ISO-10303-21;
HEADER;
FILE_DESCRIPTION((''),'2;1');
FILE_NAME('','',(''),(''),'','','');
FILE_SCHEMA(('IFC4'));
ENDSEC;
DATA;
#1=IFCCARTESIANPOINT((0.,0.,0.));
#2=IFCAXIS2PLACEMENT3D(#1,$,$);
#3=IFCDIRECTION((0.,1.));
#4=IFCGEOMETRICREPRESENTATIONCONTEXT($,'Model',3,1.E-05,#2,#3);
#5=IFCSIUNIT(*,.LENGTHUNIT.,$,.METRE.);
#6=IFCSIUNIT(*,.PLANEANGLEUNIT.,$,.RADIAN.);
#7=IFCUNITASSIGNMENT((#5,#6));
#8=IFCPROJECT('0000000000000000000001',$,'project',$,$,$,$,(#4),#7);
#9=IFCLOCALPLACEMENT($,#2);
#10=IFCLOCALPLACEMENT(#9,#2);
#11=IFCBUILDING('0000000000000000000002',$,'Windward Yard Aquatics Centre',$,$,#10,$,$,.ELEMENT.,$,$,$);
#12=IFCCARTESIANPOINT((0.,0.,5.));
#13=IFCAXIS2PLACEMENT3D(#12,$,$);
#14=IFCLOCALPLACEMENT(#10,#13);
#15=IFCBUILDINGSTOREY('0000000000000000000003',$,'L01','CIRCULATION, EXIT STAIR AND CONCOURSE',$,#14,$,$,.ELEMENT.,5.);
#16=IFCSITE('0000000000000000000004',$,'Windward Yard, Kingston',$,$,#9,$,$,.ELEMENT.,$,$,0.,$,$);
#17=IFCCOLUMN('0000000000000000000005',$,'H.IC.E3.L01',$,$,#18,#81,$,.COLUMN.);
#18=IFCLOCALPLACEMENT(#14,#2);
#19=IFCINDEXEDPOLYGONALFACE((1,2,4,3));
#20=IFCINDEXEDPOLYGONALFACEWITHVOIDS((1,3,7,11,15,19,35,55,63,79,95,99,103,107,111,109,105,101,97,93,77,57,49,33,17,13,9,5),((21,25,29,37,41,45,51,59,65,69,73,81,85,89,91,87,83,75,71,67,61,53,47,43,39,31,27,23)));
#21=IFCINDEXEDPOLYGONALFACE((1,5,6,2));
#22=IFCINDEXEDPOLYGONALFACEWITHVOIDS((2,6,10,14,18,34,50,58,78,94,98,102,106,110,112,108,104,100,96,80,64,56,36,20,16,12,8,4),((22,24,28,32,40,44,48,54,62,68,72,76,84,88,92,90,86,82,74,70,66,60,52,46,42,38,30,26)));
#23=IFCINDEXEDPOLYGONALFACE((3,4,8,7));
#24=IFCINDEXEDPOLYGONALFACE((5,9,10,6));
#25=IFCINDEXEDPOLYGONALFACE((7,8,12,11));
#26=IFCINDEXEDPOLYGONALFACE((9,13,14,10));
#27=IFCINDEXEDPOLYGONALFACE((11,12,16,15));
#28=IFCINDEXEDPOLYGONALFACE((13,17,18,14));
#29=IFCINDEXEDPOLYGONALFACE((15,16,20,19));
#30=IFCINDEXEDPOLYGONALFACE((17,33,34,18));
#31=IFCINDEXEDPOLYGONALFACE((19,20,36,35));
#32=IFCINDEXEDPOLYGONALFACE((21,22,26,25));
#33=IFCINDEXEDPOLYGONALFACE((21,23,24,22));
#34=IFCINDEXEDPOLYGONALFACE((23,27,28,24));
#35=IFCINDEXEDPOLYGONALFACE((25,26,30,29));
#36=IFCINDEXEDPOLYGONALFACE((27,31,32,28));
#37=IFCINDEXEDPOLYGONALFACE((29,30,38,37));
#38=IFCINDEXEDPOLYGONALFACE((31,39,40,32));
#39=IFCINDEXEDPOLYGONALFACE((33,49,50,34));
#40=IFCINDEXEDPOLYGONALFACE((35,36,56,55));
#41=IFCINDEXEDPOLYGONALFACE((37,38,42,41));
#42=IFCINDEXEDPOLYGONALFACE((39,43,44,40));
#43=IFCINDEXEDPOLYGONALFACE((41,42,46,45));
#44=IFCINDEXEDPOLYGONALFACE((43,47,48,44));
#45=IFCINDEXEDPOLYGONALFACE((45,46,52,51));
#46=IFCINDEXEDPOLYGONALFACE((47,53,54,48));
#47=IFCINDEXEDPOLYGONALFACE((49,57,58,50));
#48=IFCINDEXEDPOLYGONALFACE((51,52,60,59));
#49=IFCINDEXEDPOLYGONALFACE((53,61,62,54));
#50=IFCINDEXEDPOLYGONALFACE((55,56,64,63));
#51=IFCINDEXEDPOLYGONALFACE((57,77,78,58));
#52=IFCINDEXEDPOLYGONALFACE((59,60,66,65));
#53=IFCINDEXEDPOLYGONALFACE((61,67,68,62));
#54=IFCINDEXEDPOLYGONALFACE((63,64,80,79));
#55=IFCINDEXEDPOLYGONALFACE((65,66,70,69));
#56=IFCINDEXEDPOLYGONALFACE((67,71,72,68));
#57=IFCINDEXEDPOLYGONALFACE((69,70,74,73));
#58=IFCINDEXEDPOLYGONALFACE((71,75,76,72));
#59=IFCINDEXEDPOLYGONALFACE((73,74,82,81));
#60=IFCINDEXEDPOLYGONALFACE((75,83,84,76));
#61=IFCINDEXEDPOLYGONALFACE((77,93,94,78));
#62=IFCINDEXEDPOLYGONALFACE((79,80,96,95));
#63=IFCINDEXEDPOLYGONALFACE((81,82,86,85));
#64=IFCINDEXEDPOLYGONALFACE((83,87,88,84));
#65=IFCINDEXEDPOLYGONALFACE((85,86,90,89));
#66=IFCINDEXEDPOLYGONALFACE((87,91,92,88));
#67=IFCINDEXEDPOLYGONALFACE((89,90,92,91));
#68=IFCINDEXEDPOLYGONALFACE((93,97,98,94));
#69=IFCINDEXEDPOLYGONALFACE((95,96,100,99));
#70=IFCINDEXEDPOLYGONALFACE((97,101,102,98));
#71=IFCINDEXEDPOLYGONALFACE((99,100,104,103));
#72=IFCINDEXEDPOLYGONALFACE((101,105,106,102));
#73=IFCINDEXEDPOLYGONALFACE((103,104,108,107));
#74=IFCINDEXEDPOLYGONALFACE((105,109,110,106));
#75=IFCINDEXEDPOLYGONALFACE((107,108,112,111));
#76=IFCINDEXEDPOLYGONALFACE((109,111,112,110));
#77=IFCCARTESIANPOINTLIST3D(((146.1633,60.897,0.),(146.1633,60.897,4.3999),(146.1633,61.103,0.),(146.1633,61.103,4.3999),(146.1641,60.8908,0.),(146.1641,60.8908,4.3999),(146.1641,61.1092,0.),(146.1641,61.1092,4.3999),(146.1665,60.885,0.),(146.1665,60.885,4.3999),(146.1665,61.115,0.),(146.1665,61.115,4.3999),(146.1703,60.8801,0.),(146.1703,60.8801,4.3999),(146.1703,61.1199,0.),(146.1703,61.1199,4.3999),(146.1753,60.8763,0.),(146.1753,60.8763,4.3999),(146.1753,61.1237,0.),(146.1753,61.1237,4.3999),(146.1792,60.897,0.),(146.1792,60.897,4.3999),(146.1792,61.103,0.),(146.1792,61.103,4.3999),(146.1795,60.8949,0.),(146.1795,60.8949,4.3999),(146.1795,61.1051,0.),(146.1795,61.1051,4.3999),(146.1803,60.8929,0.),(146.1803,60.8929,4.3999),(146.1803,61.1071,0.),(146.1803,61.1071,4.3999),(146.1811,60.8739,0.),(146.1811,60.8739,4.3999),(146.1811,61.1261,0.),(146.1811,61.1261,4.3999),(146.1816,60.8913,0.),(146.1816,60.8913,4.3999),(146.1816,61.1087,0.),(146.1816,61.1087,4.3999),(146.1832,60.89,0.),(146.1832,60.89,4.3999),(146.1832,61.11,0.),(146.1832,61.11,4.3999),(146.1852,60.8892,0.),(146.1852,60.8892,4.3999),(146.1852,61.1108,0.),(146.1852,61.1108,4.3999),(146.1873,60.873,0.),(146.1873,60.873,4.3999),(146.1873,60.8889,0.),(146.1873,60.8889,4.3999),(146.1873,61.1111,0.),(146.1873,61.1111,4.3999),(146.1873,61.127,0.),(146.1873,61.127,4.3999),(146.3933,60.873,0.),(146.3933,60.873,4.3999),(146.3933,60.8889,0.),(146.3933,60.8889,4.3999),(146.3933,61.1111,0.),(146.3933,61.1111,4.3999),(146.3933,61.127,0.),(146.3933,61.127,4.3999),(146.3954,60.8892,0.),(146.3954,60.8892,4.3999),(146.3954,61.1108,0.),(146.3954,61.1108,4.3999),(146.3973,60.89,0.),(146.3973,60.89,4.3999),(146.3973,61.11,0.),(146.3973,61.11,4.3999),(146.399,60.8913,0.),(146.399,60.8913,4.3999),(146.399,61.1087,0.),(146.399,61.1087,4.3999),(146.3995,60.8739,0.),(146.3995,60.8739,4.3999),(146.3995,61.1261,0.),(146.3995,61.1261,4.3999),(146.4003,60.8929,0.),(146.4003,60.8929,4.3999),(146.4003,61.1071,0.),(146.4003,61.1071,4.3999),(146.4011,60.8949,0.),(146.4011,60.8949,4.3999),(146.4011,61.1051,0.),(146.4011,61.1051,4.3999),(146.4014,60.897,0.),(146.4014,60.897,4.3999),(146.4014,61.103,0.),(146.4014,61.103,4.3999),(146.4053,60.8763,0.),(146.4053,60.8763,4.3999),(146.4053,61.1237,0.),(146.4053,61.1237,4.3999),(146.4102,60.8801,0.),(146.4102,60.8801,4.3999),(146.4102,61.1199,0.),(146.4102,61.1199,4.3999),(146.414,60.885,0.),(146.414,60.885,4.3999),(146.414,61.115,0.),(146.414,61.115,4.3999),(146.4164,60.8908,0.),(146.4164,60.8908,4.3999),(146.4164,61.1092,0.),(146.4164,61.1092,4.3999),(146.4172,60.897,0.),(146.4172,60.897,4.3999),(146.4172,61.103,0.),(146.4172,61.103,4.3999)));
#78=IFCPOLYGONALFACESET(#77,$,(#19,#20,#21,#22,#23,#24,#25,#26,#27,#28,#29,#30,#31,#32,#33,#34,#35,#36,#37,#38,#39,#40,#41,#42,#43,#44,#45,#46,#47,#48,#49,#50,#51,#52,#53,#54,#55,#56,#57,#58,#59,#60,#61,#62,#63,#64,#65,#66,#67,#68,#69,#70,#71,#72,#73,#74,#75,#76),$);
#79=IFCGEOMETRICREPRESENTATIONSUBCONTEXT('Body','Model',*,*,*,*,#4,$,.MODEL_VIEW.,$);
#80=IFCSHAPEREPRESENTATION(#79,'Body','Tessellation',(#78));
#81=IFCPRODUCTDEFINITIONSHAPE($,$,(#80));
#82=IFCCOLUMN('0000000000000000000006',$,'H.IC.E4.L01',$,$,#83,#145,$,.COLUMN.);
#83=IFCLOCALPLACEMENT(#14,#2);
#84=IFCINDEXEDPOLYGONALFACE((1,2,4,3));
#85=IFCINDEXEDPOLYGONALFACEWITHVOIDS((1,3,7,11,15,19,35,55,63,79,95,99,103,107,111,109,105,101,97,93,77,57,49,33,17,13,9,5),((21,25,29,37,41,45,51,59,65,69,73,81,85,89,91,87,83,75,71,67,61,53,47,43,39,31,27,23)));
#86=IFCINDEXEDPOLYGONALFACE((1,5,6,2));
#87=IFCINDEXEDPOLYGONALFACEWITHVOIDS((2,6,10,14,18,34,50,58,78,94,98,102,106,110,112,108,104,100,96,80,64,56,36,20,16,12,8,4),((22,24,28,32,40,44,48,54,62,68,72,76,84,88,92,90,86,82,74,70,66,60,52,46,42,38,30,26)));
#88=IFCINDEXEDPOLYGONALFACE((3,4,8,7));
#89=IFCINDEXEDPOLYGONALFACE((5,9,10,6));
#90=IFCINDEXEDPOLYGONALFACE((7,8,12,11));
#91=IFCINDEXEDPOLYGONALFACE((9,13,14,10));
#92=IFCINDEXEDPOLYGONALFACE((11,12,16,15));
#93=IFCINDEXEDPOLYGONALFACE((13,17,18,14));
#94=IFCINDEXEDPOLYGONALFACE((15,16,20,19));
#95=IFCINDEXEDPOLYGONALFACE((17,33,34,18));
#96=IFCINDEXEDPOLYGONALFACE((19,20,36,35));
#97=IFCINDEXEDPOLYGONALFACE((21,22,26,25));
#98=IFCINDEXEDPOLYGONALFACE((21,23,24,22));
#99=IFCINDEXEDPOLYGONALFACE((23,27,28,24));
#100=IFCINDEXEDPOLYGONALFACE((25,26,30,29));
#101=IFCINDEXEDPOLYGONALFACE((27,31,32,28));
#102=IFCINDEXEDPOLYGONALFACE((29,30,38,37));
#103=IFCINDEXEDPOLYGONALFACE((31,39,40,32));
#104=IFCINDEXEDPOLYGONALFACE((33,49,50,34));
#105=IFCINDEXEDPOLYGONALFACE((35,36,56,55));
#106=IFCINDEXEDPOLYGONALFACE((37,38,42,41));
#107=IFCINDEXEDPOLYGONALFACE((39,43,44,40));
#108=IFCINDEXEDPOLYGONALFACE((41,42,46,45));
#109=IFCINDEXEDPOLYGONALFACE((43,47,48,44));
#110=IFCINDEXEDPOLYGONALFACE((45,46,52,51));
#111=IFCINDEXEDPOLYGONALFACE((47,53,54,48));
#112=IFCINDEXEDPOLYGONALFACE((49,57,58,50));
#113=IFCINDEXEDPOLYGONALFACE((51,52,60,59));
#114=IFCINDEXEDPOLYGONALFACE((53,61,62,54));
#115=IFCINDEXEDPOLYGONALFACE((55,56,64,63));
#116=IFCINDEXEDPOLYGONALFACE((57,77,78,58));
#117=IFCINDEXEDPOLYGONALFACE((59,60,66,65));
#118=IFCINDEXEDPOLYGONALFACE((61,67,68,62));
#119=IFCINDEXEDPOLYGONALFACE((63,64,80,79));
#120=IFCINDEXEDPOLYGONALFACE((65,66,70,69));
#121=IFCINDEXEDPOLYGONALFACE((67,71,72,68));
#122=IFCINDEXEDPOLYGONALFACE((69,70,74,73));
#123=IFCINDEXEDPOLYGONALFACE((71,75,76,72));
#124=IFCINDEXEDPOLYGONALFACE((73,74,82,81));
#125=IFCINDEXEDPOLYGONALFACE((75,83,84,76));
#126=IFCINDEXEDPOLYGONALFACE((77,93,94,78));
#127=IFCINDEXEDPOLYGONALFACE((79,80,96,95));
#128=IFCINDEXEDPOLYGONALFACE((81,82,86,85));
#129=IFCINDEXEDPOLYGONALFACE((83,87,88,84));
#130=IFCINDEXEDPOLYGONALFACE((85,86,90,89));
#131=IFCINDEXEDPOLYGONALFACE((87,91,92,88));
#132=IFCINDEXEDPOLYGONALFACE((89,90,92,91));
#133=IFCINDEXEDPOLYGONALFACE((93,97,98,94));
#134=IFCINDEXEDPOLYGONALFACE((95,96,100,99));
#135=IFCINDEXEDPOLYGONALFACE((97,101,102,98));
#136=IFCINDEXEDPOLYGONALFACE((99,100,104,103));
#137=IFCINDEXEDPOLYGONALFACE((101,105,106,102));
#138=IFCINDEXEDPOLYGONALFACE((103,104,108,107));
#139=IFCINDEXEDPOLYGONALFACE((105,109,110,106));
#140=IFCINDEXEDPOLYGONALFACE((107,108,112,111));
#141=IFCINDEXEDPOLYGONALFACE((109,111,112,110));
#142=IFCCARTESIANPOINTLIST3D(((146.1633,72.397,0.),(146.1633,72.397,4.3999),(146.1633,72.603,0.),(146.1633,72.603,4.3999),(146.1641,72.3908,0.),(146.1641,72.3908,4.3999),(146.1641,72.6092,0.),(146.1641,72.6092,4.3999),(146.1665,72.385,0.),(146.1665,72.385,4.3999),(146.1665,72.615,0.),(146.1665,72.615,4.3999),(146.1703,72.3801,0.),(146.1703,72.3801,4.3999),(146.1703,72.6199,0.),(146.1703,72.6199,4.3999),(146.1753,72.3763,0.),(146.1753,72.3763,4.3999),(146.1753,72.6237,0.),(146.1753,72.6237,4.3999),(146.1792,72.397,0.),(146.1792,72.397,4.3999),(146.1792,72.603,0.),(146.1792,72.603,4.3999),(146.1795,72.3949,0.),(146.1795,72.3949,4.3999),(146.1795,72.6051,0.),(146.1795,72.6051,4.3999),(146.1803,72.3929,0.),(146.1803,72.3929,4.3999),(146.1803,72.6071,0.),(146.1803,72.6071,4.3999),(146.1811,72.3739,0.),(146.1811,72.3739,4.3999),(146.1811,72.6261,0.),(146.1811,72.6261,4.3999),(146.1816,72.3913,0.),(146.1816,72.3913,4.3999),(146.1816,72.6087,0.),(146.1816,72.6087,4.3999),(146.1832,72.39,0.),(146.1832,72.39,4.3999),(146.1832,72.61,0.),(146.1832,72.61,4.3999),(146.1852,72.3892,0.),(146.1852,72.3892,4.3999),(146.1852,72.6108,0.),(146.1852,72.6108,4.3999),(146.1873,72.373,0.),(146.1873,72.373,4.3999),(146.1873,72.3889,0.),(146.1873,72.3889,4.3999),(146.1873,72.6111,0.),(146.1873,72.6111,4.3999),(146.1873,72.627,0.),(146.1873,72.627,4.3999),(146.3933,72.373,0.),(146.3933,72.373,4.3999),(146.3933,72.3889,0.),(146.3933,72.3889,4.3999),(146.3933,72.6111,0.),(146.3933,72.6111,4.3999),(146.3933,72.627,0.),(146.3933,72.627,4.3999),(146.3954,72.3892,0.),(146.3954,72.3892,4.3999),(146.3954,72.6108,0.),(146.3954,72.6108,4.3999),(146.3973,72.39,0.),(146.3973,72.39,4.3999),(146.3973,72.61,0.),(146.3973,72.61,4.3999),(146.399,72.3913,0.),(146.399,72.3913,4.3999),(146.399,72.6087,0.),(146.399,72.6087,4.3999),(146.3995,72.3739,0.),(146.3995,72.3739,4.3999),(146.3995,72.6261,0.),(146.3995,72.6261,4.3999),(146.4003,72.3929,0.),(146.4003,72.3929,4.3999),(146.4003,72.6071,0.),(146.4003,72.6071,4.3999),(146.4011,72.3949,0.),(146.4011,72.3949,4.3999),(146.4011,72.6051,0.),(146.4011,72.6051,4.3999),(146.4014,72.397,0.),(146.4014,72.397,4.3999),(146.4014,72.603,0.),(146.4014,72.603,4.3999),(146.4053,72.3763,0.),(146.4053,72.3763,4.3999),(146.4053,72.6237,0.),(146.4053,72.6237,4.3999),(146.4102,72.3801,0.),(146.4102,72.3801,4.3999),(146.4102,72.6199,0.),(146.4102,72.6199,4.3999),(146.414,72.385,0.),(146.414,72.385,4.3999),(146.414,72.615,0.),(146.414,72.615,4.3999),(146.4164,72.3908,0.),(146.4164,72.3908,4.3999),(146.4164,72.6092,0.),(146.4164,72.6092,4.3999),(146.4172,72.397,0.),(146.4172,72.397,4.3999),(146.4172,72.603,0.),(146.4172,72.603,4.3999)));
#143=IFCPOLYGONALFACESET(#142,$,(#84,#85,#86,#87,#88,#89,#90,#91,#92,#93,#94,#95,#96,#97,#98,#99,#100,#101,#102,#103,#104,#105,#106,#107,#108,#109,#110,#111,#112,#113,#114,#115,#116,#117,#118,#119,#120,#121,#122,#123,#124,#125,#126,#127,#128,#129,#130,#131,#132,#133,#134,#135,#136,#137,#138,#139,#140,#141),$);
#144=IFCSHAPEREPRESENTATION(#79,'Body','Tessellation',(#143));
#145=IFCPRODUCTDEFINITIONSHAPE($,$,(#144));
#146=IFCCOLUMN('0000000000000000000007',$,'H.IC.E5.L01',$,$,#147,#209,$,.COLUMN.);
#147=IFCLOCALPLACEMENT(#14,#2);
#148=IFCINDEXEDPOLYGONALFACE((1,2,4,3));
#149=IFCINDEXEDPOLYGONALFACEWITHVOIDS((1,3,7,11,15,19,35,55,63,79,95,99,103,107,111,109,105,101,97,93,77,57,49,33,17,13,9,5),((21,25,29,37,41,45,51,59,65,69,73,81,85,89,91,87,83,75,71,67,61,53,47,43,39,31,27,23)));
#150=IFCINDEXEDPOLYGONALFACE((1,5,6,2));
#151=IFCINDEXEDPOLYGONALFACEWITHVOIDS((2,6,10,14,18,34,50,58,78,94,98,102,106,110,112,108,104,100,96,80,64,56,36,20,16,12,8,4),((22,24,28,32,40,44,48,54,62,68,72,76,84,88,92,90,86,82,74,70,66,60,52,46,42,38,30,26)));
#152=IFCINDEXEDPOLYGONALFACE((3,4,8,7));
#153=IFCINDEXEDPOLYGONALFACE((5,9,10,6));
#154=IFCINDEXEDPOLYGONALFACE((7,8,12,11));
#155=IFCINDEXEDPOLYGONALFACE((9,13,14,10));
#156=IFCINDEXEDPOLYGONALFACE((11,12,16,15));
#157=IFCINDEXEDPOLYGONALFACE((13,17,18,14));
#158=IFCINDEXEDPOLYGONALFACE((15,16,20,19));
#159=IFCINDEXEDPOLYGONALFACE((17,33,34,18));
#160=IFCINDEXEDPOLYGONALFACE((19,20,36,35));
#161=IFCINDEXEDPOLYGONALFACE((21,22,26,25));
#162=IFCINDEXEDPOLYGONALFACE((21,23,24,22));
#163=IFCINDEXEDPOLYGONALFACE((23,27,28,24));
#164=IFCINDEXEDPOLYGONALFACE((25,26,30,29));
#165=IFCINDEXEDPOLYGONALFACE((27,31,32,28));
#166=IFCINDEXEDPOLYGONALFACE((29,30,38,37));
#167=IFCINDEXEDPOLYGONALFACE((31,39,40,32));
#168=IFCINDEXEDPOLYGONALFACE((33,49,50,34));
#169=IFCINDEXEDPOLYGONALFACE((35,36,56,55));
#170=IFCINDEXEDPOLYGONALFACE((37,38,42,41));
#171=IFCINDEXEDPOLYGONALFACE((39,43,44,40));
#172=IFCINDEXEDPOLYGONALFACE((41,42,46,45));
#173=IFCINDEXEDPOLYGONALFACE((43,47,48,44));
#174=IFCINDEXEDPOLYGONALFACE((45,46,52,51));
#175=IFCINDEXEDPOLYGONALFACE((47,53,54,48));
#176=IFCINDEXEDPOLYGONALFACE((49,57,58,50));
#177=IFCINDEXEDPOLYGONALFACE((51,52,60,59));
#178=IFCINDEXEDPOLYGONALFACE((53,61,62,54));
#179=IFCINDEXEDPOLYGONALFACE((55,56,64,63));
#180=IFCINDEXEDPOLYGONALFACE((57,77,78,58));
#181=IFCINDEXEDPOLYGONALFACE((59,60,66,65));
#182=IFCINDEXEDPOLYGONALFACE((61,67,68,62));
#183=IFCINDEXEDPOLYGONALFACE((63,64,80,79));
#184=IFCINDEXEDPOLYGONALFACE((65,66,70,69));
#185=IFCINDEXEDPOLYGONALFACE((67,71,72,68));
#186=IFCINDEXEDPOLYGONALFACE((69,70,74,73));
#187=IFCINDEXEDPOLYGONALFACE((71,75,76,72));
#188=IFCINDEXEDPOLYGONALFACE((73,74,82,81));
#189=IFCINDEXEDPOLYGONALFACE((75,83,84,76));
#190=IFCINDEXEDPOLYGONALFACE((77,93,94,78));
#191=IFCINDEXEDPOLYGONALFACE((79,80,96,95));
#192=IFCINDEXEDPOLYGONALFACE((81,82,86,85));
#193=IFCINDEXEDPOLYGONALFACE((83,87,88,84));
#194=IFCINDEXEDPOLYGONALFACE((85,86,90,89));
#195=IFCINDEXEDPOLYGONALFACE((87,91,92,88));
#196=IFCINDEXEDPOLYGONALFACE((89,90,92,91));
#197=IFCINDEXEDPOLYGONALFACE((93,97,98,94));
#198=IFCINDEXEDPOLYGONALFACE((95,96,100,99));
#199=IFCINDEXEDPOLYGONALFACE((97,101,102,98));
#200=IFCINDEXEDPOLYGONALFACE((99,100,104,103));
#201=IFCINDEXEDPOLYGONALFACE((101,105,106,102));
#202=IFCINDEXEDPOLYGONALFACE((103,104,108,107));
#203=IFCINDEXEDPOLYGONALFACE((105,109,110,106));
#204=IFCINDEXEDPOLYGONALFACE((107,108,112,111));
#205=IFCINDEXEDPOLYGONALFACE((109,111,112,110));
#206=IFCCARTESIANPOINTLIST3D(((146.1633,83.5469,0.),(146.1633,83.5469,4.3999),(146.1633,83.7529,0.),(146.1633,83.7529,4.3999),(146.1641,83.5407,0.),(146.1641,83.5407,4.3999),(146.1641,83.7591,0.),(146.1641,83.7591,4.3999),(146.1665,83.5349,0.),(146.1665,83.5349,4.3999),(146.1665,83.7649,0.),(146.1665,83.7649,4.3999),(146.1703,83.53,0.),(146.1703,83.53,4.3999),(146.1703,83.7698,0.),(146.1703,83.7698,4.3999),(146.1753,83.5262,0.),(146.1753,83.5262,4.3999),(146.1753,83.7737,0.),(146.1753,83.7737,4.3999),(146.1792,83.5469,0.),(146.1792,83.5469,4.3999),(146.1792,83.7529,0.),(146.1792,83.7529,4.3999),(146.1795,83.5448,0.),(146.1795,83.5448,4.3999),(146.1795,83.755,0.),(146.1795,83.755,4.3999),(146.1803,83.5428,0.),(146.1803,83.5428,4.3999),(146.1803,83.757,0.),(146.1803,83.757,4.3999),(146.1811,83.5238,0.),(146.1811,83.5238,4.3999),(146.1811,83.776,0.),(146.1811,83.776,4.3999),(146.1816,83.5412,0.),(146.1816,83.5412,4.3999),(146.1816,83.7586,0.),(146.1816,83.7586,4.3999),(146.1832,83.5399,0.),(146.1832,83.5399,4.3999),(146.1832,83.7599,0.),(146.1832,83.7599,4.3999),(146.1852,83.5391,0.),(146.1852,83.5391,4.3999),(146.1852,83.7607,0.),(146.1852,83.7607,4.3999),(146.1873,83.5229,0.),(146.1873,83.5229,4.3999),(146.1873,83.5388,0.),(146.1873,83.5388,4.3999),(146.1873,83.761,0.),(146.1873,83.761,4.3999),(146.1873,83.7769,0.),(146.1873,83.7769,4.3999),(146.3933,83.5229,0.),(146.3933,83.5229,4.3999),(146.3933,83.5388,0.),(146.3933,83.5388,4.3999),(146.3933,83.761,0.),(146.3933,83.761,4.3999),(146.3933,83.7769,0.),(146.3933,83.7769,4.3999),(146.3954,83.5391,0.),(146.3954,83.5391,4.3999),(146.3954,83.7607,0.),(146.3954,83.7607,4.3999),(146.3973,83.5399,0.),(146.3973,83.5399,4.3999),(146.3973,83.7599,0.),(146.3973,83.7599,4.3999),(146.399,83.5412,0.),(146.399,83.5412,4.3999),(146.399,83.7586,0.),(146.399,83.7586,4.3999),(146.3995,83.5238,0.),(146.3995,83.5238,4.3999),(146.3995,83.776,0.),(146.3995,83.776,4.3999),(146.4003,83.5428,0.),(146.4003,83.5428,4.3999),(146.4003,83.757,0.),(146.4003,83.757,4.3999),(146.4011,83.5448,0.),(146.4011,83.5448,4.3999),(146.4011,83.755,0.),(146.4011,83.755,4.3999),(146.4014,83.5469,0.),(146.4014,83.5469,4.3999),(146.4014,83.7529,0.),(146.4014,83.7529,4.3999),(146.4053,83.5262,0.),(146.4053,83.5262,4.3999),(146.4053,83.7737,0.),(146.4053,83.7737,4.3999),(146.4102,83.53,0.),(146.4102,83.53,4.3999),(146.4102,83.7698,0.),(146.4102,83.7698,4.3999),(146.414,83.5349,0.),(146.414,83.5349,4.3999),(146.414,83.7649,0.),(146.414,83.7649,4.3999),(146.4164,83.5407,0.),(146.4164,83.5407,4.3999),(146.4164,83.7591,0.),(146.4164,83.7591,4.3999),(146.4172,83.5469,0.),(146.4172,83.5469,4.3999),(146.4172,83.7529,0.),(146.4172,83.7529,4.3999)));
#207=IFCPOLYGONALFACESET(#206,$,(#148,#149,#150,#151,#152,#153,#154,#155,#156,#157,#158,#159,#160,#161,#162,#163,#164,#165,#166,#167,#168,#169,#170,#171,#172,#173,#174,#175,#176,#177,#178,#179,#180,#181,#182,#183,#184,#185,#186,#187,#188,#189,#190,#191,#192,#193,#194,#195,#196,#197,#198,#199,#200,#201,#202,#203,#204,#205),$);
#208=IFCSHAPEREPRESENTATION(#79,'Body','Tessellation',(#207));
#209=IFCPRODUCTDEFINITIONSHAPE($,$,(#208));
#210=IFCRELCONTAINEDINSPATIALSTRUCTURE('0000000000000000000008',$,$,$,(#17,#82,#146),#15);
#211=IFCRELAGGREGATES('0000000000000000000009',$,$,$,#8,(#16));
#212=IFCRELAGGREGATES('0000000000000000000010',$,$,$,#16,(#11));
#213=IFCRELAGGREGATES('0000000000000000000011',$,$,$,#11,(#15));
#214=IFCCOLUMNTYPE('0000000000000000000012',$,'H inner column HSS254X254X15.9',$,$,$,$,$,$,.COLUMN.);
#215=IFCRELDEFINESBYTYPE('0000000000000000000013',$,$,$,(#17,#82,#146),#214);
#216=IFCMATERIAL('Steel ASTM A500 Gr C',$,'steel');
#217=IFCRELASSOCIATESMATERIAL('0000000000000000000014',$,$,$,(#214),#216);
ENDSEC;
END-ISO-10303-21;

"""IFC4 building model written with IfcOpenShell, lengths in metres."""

from ifc_helpers import new_model, si_unit, direction, frame, origin, origin_2d, place, context, subcontext, project, spatial, hollow_rectangle, extrude, material, material_profile, profile_set, type_object, element, save


model = new_model("IFC4")

# Units and contexts
model_context = context("Model", 3, precision=1e-05, world=origin(), true_north=direction((0.0, 1.0)))
body_context = subcontext(model_context, "Body", "Model", "MODEL_VIEW")
ifc_project = project(units=[si_unit("LENGTHUNIT", "METRE"), si_unit("PLANEANGLEUNIT", "RADIAN")], contexts=[model_context])

# Site, building, storey
site_placement = place(None, origin())
site = spatial("IfcSite", under=ifc_project, at=site_placement, Name="Windward Yard, Kingston", CompositionType="ELEMENT", RefElevation=0.0)
building_placement = place(site_placement, origin())
building = spatial("IfcBuilding", under=site, at=building_placement, Name="Windward Yard Aquatics Centre", CompositionType="ELEMENT")
storey_placement = place(building_placement, frame((0.0, 0.0, 5.0)))
storey = spatial("IfcBuildingStorey", under=building, at=storey_placement, Name="L01", Description="CIRCULATION, EXIT STAIR AND CONCOURSE", CompositionType="ELEMENT", Elevation=5.0)

# Columns
ifc_material_1 = material(Name="Steel ASTM A500 Gr C", Category="steel")
ifc_material_profile_1 = material_profile(ifc_material_1, hollow_rectangle(XDim=0.2539, YDim=0.2539, WallThickness=0.0159, InnerFilletRadius=0.0081, OuterFilletRadius=0.0239, at=origin_2d()), Name="HSS254X254X15.9")
ifc_profile_set_1 = profile_set([ifc_material_profile_1], Name="Steel ASTM A500 Gr C")
column_type_1 = type_object("IfcColumnType", Name="H inner column HSS254X254X15.9", PredefinedType="COLUMN", material=ifc_profile_set_1)
for number, where, z_axis, x_axis, name in (
    (1, (146.2903, 61.0, 0.0), (0.0, 0.0, 1.0), (1.0, 0.0, 0.0), "H.IC.E3.L01"),
    (2, (146.2903, 72.5, 0.0), (0.0, 0.0, 1.0), (1.0, 0.0, 0.0), "H.IC.E4.L01"),
    (3, (146.2903, 83.6499, 0.0), (0.0, 0.0, 1.0), (1.0, 0.0, 0.0), "H.IC.E5.L01"),
):
    element("IfcColumn", number, at=place(storey_placement, frame(where, z_axis=z_axis, x_axis=x_axis)), inside=storey, type_object=column_type_1, Name=name, PredefinedType="COLUMN", context=body_context, shape_type="SweptSolid", body=[
        extrude(hollow_rectangle(XDim=0.2539, YDim=0.2539, WallThickness=0.0159, InnerFilletRadius=0.0081, OuterFilletRadius=0.0239, at=origin_2d()), origin(), (0.0, 0.0, 1.0), 4.3999),
    ])

save(model, "model.ifc")
